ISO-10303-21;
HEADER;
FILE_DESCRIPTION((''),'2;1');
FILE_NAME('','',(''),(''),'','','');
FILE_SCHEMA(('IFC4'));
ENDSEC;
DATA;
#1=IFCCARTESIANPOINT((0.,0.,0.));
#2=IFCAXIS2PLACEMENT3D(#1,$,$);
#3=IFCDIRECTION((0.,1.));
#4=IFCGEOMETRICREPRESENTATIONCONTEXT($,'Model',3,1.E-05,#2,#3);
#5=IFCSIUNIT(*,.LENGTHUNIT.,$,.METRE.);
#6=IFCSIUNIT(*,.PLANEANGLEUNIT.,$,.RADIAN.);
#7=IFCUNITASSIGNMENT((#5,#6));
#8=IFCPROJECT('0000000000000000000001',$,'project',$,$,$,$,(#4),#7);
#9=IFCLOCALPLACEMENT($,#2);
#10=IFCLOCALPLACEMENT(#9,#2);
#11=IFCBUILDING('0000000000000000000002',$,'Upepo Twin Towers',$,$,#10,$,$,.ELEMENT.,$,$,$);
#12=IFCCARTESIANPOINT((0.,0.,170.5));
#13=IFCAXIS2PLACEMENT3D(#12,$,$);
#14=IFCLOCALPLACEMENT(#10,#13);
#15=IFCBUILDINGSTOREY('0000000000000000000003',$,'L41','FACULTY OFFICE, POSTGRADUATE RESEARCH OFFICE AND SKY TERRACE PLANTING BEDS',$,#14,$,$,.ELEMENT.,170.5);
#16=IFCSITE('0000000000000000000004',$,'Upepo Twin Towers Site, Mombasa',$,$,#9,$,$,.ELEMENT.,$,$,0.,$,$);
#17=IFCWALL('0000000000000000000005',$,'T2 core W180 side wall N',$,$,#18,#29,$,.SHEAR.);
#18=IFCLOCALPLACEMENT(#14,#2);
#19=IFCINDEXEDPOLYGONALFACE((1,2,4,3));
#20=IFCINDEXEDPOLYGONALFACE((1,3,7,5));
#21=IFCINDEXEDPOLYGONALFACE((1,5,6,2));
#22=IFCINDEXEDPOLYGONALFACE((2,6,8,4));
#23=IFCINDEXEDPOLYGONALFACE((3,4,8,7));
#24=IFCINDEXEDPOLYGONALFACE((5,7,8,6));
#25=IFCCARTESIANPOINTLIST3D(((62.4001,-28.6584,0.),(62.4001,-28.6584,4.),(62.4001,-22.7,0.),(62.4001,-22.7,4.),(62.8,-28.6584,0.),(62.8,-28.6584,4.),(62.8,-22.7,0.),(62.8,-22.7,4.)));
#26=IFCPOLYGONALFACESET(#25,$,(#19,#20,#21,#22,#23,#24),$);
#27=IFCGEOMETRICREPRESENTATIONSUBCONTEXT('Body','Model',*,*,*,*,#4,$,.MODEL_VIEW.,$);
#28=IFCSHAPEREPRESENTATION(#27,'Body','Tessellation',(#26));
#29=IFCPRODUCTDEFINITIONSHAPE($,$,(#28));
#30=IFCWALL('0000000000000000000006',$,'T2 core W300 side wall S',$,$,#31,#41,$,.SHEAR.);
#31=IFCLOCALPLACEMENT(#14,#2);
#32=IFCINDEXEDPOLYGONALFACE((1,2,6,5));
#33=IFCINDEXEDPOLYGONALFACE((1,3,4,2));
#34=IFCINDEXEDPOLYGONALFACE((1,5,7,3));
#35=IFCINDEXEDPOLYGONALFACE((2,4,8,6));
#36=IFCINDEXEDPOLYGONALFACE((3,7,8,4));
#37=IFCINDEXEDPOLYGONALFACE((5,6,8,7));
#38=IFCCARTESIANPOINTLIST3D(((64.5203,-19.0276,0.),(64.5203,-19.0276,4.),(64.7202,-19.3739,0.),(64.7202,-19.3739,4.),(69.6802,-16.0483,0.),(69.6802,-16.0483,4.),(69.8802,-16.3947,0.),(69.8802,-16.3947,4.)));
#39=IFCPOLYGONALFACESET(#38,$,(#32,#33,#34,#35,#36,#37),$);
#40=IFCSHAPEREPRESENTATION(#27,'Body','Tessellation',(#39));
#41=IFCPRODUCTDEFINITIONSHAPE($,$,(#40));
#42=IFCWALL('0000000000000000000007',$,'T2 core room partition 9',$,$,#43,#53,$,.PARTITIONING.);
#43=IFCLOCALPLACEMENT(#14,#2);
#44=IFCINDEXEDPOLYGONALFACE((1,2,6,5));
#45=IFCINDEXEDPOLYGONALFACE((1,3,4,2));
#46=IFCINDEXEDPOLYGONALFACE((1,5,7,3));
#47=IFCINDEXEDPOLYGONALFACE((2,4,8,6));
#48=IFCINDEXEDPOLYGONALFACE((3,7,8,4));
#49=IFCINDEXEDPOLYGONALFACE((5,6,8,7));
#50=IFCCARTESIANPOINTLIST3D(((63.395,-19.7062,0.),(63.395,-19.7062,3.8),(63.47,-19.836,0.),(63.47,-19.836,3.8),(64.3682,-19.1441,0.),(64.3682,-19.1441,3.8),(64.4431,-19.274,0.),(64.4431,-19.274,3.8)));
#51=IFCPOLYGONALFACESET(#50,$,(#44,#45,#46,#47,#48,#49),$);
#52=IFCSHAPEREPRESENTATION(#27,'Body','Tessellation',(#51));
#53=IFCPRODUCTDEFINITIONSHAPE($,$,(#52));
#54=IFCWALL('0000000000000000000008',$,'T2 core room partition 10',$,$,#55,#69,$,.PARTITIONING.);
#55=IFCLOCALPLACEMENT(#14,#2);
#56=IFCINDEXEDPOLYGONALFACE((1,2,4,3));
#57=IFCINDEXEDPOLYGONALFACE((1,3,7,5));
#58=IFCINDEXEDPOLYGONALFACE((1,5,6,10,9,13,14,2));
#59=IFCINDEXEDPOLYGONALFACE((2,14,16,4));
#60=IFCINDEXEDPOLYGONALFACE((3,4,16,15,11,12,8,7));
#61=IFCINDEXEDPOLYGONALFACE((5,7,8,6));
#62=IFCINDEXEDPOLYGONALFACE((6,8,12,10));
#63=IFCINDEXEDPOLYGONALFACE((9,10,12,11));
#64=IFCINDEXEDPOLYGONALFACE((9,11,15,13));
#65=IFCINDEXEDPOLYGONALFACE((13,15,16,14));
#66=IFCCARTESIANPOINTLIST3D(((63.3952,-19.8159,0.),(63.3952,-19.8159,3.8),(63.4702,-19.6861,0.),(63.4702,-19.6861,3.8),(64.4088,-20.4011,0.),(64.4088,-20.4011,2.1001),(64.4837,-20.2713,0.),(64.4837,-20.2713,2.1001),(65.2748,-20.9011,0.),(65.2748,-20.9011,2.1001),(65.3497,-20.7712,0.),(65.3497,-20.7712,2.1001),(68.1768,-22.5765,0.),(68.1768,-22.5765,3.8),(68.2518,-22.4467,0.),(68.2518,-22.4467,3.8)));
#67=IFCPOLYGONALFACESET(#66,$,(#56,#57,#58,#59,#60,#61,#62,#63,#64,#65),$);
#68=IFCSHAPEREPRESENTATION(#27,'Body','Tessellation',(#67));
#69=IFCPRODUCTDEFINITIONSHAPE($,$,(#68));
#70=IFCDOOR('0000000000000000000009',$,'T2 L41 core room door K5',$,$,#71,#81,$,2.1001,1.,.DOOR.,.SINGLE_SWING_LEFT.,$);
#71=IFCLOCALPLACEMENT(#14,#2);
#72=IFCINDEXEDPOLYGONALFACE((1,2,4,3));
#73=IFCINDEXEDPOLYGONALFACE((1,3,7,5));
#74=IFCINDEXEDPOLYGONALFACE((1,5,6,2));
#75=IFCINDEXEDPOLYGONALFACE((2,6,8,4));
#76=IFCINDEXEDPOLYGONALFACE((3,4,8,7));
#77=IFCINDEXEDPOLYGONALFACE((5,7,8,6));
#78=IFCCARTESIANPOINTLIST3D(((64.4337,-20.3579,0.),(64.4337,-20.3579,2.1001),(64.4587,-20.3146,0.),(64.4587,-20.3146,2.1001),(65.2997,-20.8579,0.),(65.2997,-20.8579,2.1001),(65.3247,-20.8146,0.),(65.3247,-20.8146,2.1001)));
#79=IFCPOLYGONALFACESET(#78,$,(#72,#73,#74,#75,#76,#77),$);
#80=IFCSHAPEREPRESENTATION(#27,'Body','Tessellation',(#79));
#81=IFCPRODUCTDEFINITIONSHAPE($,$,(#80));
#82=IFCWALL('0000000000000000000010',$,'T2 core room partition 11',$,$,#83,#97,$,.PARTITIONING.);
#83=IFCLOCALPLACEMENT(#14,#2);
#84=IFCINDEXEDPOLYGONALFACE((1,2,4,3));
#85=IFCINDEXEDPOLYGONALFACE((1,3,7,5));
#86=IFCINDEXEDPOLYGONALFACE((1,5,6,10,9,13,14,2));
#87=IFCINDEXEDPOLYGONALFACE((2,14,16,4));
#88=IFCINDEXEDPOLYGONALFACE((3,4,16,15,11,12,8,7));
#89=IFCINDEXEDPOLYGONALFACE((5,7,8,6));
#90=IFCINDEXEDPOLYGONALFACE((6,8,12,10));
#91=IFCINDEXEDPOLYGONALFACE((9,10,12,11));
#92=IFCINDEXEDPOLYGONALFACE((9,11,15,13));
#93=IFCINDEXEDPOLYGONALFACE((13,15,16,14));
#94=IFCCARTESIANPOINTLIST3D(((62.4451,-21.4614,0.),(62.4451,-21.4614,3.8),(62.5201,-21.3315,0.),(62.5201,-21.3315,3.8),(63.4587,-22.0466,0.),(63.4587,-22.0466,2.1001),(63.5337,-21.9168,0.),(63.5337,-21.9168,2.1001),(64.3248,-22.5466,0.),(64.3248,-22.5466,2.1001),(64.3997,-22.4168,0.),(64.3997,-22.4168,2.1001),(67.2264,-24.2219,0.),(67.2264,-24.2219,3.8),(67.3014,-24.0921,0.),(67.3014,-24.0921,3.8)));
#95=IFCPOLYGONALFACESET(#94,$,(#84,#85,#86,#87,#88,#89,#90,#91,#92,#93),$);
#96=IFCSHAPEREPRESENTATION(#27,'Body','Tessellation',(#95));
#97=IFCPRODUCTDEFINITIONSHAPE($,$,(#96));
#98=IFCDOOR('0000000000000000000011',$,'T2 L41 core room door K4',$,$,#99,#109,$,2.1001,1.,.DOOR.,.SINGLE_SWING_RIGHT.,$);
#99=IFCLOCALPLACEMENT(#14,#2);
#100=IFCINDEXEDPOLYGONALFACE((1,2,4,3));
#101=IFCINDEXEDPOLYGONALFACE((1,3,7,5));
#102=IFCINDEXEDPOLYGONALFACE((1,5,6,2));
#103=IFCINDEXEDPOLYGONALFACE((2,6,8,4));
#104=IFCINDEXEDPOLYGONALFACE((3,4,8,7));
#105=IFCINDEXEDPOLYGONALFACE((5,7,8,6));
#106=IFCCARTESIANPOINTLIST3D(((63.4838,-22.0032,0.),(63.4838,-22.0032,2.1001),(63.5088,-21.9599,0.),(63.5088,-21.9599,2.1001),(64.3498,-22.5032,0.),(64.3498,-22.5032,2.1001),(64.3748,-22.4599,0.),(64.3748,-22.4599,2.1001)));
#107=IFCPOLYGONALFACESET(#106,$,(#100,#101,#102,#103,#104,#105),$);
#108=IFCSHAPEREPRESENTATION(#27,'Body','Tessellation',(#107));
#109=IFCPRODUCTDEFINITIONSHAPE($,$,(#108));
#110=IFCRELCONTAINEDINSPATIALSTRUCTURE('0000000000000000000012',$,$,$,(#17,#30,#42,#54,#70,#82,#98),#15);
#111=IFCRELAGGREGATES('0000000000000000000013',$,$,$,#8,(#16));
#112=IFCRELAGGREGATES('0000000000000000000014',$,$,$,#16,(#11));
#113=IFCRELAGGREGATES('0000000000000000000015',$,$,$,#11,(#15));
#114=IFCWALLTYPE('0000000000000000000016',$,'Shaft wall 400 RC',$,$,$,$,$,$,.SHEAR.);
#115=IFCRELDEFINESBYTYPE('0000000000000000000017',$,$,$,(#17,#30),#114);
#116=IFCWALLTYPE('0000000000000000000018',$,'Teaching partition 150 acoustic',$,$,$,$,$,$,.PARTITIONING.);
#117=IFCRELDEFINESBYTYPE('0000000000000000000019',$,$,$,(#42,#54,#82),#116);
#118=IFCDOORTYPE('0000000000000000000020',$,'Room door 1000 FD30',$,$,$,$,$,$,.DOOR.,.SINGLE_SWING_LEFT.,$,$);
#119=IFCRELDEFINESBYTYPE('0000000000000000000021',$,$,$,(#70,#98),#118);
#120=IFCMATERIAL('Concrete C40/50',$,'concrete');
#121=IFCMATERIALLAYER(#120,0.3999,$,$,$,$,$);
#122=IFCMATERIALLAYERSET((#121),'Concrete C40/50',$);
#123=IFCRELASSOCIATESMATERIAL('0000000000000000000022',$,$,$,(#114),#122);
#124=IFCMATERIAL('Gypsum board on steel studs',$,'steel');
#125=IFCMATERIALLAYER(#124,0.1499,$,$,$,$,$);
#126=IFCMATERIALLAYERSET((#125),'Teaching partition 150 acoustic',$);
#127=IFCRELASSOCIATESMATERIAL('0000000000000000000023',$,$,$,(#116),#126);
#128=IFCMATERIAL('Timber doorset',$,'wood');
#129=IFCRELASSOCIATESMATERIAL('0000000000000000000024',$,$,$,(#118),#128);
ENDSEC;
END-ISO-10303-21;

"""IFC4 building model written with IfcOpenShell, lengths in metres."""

from ifc_helpers import new_model, si_unit, direction, frame, frame_2d, origin, place, context, subcontext, project, spatial, rectangle, extrude, material, layer, layer_set, type_object, element, fill, save


model = new_model("IFC4")

# Units and contexts
model_context = context("Model", 3, precision=1e-05, world=origin(), true_north=direction((0.0, 1.0)))
body_context = subcontext(model_context, "Body", "Model", "MODEL_VIEW")
ifc_project = project(units=[si_unit("LENGTHUNIT", "METRE"), si_unit("PLANEANGLEUNIT", "RADIAN")], contexts=[model_context])

# Site, building, storey
site_placement = place(None, origin())
site = spatial("IfcSite", under=ifc_project, at=site_placement, Name="Upepo Twin Towers Site, Mombasa", CompositionType="ELEMENT", RefElevation=0.0)
building_placement = place(site_placement, origin())
building = spatial("IfcBuilding", under=site, at=building_placement, Name="Upepo Twin Towers", CompositionType="ELEMENT")
storey_placement = place(building_placement, frame((0.0, 0.0, 170.5)))
storey = spatial("IfcBuildingStorey", under=building, at=storey_placement, Name="L41", Description="FACULTY OFFICE, POSTGRADUATE RESEARCH OFFICE AND SKY TERRACE PLANTING BEDS", CompositionType="ELEMENT", Elevation=170.5)

# Walls
ifc_material_1 = material(Name="Concrete C40/50", Category="concrete")
ifc_layer_1 = layer(ifc_material_1, 0.3999)
ifc_layer_set_1 = layer_set([ifc_layer_1], Name="Concrete C40/50")
wall_type_1 = type_object("IfcWallType", Name="Shaft wall 400 RC", PredefinedType="SHEAR", material=ifc_layer_set_1)
wall_1_placement = place(storey_placement, frame((62.6001, -22.7, 0.0), z_axis=(0.0, 0.0, 1.0), x_axis=(0.0, -1.0, 0.0)))
element("IfcWall", 1, at=wall_1_placement, inside=storey, type_object=wall_type_1, Name="T2 core W180 side wall N", PredefinedType="SHEAR", context=body_context, shape_type="SweptSolid", body=[
    extrude(rectangle(XDim=5.9585, YDim=0.3999, at=frame_2d((2.9792, 0.0))), origin(), (0.0, 0.0, 1.0), 4.0),
])
wall_2_placement = place(storey_placement, frame((64.6204, -19.2007, 0.0), z_axis=(0.0, 0.0, 1.0), x_axis=(0.866013, 0.500022, 0.0)))
element("IfcWall", 2, at=wall_2_placement, inside=storey, type_object=wall_type_1, Name="T2 core W300 side wall S", PredefinedType="SHEAR", context=body_context, shape_type="SweptSolid", body=[
    extrude(rectangle(XDim=5.9583, YDim=0.3999, at=frame_2d((2.979, 0.0))), origin(), (0.0, 0.0, 1.0), 4.0),
])
ifc_material_2 = material(Name="Gypsum board on steel studs", Category="steel")
ifc_layer_2 = layer(ifc_material_2, 0.1499)
ifc_layer_set_2 = layer_set([ifc_layer_2], Name="Teaching partition 150 acoustic")
wall_type_2 = type_object("IfcWallType", Name="Teaching partition 150 acoustic", PredefinedType="PARTITIONING", material=ifc_layer_set_2)
wall_3_placement = place(storey_placement, frame((64.4058, -19.209, 0.0), z_axis=(0.0, 0.0, 1.0), x_axis=(-0.865961, -0.500111, 0.0)))
element("IfcWall", 3, at=wall_3_placement, inside=storey, type_object=wall_type_2, Name="T2 core room partition 9", PredefinedType="PARTITIONING", context=body_context, shape_type="SweptSolid", body=[
    extrude(rectangle(XDim=1.1238, YDim=0.1499, at=frame_2d((0.562, 0.0))), origin(), (0.0, 0.0, 1.0), 3.8),
])

# Walls, openings, doors
wall_4_placement = place(storey_placement, frame((63.4326, -19.751, 0.0), z_axis=(0.0, 0.0, 1.0), x_axis=(0.866033, -0.499987, 0.0)))
wall_4 = element("IfcWall", 4, at=wall_4_placement, inside=storey, type_object=wall_type_2, Name="T2 core room partition 10", PredefinedType="PARTITIONING", context=body_context, shape_type="SweptSolid", body=[
    extrude(rectangle(XDim=5.5212, YDim=0.1499, at=frame_2d((2.7607, 0.0))), origin(), (0.0, 0.0, 1.0), 3.8),
])
opening_1_placement = place(wall_4_placement, frame((1.1704, 0.0, 0.0)))
opening_1 = element("IfcOpeningElement", 5, at=opening_1_placement, cuts=wall_4, PredefinedType="OPENING", context=body_context, shape_type="SweptSolid", body=[
    extrude(rectangle(XDim=1.0, YDim=2.1001, at=frame_2d((0.5, 1.05))), frame((0.0, 0.085, 0.0), z_axis=(0.0, -1.0, 0.0), x_axis=(1.0, 0.0, 0.0)), (0.0, 0.0, 1.0), 0.1699),
])
ifc_material_3 = material(Name="Timber doorset", Category="wood")
door_type_1 = type_object("IfcDoorType", Name="Room door 1000 FD30", OperationType="SINGLE_SWING_LEFT", PredefinedType="DOOR", material=ifc_material_3)
door_1_placement = place(opening_1_placement, origin())
door_1 = element("IfcDoor", 6, at=door_1_placement, inside=storey, type_object=door_type_1, Name="T2 L41 core room door K5", OperationType="SINGLE_SWING_LEFT", OverallHeight=2.1001, OverallWidth=1.0, PredefinedType="DOOR", context=body_context, shape_type="SweptSolid", body=[
    extrude(rectangle(XDim=1.0, YDim=2.1001, at=frame_2d((0.5, 1.05))), frame((0.0, 0.0249, 0.0), z_axis=(0.0, -1.0, 0.0), x_axis=(1.0, 0.0, 0.0)), (0.0, 0.0, 1.0), 0.05),
])
fill(opening_1, door_1)
wall_5_placement = place(storey_placement, frame((67.2639, -24.157, 0.0), z_axis=(0.0, 0.0, 1.0), x_axis=(-0.866022, 0.500006, 0.0)))
wall_5 = element("IfcWall", 7, at=wall_5_placement, inside=storey, type_object=wall_type_2, Name="T2 core room partition 11", PredefinedType="PARTITIONING", context=body_context, shape_type="SweptSolid", body=[
    extrude(rectangle(XDim=5.521, YDim=0.1499, at=frame_2d((2.7605, 0.0))), origin(), (0.0, 0.0, 1.0), 3.8),
])
opening_2_placement = place(wall_5_placement, frame((3.3506, 0.0, 0.0)))
opening_2 = element("IfcOpeningElement", 8, at=opening_2_placement, cuts=wall_5, PredefinedType="OPENING", context=body_context, shape_type="SweptSolid", body=[
    extrude(rectangle(XDim=1.0, YDim=2.1001, at=frame_2d((0.5, 1.05))), frame((0.0, 0.085, 0.0), z_axis=(0.0, -1.0, 0.0), x_axis=(1.0, 0.0, 0.0)), (0.0, 0.0, 1.0), 0.1699),
])
door_2_placement = place(opening_2_placement, origin())
door_2 = element("IfcDoor", 9, at=door_2_placement, inside=storey, type_object=door_type_1, Name="T2 L41 core room door K4", OperationType="SINGLE_SWING_RIGHT", OverallHeight=2.1001, OverallWidth=1.0, PredefinedType="DOOR", context=body_context, shape_type="SweptSolid", body=[
    extrude(rectangle(XDim=1.0, YDim=2.1001, at=frame_2d((0.5, 1.05))), frame((0.0, 0.0249, 0.0), z_axis=(0.0, -1.0, 0.0), x_axis=(1.0, 0.0, 0.0)), (0.0, 0.0, 1.0), 0.05),
])
fill(opening_2, door_2)

save(model, "model.ifc")
